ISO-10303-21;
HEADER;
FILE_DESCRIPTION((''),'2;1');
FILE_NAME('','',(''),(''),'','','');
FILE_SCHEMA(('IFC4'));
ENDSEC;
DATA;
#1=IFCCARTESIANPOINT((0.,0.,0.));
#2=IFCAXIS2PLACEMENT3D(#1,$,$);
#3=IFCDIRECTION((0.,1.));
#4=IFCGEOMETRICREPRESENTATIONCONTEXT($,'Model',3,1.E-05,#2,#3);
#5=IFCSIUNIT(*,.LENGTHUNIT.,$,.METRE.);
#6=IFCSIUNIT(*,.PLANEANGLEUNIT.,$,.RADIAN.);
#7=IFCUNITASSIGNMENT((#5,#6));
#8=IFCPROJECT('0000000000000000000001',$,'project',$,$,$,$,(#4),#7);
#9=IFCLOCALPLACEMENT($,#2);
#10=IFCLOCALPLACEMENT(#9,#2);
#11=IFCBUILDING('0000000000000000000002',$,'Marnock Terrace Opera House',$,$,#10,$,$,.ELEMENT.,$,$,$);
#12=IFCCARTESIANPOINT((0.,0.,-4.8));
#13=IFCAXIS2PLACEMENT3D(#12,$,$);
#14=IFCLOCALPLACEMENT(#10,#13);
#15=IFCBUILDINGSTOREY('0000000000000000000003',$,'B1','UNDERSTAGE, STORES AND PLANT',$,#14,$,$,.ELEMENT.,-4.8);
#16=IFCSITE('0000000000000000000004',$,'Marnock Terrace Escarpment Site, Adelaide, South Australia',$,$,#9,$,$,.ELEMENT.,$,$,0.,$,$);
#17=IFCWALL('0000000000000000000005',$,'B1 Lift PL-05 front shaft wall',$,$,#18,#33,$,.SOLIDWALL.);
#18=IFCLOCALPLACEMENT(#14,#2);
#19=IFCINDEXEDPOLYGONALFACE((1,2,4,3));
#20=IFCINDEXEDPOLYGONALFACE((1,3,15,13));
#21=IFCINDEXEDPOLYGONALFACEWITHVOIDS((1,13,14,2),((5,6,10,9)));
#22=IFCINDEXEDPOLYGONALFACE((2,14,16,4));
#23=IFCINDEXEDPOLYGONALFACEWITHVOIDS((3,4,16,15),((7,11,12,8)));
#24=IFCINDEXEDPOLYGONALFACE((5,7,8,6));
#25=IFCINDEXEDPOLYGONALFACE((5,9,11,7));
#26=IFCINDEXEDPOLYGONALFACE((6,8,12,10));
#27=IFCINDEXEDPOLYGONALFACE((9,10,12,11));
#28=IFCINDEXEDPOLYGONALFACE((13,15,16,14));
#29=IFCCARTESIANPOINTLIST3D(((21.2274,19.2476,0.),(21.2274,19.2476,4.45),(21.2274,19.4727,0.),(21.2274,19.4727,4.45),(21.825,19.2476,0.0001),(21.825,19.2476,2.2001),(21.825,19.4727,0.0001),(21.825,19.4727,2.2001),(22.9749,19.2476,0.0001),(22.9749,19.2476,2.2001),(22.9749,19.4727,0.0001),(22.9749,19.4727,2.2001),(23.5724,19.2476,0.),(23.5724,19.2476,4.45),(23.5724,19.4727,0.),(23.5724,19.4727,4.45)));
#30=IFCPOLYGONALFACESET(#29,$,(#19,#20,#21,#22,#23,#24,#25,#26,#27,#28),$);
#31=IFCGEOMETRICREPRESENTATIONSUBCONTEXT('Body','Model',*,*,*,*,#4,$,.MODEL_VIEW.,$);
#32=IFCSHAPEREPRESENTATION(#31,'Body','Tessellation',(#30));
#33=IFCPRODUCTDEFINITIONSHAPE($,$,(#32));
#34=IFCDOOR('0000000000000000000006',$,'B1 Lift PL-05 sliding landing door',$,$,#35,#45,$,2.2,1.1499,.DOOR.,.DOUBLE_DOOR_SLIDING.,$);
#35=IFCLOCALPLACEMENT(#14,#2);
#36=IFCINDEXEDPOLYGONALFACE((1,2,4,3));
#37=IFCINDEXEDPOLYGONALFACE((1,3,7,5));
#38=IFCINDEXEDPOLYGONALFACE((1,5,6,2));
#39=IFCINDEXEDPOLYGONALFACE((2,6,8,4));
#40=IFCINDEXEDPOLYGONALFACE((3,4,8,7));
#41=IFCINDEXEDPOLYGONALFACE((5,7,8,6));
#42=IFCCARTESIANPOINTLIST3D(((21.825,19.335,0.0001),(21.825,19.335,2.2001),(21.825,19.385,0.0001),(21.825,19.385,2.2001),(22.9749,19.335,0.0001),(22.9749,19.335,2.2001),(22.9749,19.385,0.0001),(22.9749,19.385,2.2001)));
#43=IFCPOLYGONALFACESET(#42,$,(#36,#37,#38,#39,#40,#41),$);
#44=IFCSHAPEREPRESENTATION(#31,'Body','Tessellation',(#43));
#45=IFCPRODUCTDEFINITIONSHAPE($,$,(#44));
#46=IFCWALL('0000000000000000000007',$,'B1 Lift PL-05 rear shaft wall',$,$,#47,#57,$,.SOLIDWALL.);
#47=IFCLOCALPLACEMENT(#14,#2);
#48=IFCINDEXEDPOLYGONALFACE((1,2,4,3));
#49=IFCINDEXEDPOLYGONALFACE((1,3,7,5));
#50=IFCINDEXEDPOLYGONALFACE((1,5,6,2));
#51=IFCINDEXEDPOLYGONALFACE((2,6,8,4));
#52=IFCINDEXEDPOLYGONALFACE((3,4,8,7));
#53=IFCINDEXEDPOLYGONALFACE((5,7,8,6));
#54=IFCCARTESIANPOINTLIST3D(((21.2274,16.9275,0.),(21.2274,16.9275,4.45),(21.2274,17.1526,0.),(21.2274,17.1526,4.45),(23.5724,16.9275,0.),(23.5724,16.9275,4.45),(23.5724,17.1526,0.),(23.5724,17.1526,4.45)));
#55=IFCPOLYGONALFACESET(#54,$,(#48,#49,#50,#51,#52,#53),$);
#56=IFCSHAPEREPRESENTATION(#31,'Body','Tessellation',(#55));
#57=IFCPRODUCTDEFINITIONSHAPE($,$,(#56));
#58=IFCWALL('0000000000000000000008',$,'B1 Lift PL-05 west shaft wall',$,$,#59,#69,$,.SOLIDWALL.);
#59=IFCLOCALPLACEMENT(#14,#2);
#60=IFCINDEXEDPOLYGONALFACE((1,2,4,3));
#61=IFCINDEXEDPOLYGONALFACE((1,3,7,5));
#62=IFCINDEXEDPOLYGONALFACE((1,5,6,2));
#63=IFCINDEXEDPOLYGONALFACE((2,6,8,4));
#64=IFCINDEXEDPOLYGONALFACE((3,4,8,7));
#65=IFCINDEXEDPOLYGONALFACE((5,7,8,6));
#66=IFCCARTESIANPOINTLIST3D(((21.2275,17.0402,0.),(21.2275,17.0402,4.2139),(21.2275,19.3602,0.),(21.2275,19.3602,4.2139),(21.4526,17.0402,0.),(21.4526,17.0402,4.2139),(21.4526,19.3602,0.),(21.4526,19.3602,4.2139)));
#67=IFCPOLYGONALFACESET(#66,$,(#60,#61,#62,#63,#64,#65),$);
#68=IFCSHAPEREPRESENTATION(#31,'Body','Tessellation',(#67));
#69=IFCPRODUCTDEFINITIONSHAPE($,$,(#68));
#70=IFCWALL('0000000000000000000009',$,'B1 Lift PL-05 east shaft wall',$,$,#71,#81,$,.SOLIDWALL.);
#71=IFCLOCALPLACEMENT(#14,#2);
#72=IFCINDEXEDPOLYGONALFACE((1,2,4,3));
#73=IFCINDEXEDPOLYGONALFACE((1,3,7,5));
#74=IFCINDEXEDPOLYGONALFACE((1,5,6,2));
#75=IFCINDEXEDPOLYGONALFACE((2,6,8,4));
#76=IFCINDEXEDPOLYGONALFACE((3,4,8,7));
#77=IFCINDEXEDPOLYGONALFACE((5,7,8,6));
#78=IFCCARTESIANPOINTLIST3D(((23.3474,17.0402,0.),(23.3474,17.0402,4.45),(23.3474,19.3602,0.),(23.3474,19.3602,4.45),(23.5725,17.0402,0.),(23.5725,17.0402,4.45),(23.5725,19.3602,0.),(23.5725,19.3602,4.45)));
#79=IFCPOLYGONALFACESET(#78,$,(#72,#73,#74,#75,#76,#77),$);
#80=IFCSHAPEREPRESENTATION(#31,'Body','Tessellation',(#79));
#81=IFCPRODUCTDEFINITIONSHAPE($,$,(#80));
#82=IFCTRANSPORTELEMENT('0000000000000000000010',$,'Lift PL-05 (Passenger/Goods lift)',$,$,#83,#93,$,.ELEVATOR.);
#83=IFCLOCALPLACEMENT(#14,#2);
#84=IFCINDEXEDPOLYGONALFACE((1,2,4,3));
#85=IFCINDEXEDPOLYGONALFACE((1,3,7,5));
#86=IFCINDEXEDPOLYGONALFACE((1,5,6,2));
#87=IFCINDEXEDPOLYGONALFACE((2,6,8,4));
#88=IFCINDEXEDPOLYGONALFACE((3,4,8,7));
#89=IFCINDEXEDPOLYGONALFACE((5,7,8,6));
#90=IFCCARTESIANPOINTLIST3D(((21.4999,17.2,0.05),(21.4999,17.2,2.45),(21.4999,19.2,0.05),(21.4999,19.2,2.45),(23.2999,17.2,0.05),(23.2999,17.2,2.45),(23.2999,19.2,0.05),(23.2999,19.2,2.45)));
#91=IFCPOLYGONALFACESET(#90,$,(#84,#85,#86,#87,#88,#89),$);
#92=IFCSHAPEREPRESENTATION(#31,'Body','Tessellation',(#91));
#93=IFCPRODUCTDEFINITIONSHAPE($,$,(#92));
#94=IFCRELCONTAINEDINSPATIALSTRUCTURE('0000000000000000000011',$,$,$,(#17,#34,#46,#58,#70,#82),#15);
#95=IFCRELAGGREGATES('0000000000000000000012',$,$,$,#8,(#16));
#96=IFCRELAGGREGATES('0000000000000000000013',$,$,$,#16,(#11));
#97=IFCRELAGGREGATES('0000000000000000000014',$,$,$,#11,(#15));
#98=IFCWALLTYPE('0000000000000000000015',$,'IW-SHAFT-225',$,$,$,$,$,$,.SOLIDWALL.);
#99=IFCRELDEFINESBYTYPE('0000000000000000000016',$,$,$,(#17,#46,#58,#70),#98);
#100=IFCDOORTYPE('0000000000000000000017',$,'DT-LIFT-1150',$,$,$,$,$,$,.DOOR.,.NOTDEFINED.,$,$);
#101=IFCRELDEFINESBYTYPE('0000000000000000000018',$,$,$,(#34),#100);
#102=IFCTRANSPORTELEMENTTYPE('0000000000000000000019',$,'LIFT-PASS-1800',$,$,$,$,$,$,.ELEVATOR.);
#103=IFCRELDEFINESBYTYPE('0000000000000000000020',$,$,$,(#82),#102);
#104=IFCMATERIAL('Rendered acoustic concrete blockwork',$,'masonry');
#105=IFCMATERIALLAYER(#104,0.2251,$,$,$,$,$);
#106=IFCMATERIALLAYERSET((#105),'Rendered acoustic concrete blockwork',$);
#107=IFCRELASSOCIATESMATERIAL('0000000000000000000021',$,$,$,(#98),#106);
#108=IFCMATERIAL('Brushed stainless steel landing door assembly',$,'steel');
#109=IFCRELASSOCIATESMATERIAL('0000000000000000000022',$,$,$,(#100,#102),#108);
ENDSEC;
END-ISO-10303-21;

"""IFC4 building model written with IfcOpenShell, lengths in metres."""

from ifc_helpers import new_model, si_unit, direction, frame, frame_2d, origin, origin_2d, place, context, subcontext, project, spatial, rectangle, extrude, material, layer, layer_set, type_object, element, fill, save


model = new_model("IFC4")

# Units and contexts
model_context = context("Model", 3, precision=1e-05, world=origin(), true_north=direction((0.0, 1.0)))
body_context = subcontext(model_context, "Body", "Model", "MODEL_VIEW")
ifc_project = project(units=[si_unit("LENGTHUNIT", "METRE"), si_unit("PLANEANGLEUNIT", "RADIAN")], contexts=[model_context])

# Site, building, storey
site_placement = place(None, origin())
site = spatial("IfcSite", under=ifc_project, at=site_placement, Name="Marnock Terrace Escarpment Site, Adelaide, South Australia", CompositionType="ELEMENT", RefElevation=0.0)
building_placement = place(site_placement, origin())
building = spatial("IfcBuilding", under=site, at=building_placement, Name="Marnock Terrace Opera House", CompositionType="ELEMENT")
storey_placement = place(building_placement, frame((0.0, 0.0, -4.8)))
storey = spatial("IfcBuildingStorey", under=building, at=storey_placement, Name="B1", Description="UNDERSTAGE, STORES AND PLANT", CompositionType="ELEMENT", Elevation=-4.8)

# Wall, opening, door
ifc_material_1 = material(Name="Rendered acoustic concrete blockwork", Category="masonry")
ifc_layer_1 = layer(ifc_material_1, 0.2251)
ifc_layer_set_1 = layer_set([ifc_layer_1], Name="Rendered acoustic concrete blockwork")
wall_type = type_object("IfcWallType", Name="IW-SHAFT-225", PredefinedType="SOLIDWALL", material=ifc_layer_set_1)
wall_1_placement = place(storey_placement, frame((21.2275, 19.3601, 0.0), z_axis=(0.0, 0.0, 1.0), x_axis=(1.0, 0.0, 0.0)))
wall_1 = element("IfcWall", 1, at=wall_1_placement, inside=storey, type_object=wall_type, Name="B1 Lift PL-05 front shaft wall", PredefinedType="SOLIDWALL", context=body_context, shape_type="SweptSolid", body=[
    extrude(rectangle(XDim=2.345, YDim=0.2251, at=frame_2d((1.1724, 0.0))), origin(), (0.0, 0.0, 1.0), 4.45),
])
opening_placement = place(wall_1_placement, frame((0.5974, 0.0, 0.0)))
opening = element("IfcOpeningElement", 2, at=opening_placement, cuts=wall_1, PredefinedType="OPENING", context=body_context, shape_type="SweptSolid", body=[
    extrude(rectangle(XDim=1.1499, YDim=2.2, at=frame_2d((0.575, 1.1001))), frame((0.0, 0.1226, 0.0), z_axis=(0.0, -1.0, 0.0), x_axis=(1.0, 0.0, 0.0)), (0.0, 0.0, 1.0), 0.2451),
])
ifc_material_2 = material(Name="Brushed stainless steel landing door assembly", Category="steel")
door_type = type_object("IfcDoorType", Name="DT-LIFT-1150", OperationType="NOTDEFINED", PredefinedType="DOOR", material=ifc_material_2)
door_placement = place(opening_placement, origin())
door = element("IfcDoor", 3, at=door_placement, inside=storey, type_object=door_type, Name="B1 Lift PL-05 sliding landing door", OperationType="DOUBLE_DOOR_SLIDING", OverallHeight=2.2, OverallWidth=1.1499, PredefinedType="DOOR", context=body_context, shape_type="SweptSolid", body=[
    extrude(rectangle(XDim=1.1499, YDim=2.2, at=frame_2d((0.575, 1.1001))), frame((0.0, 0.0249, 0.0), z_axis=(0.0, -1.0, 0.0), x_axis=(1.0, 0.0, 0.0)), (0.0, 0.0, 1.0), 0.05),
])
fill(opening, door)

# Walls
wall_2_placement = place(storey_placement, frame((21.2275, 17.04, 0.0), z_axis=(0.0, 0.0, 1.0), x_axis=(1.0, 0.0, 0.0)))
element("IfcWall", 4, at=wall_2_placement, inside=storey, type_object=wall_type, Name="B1 Lift PL-05 rear shaft wall", PredefinedType="SOLIDWALL", context=body_context, shape_type="SweptSolid", body=[
    extrude(rectangle(XDim=2.345, YDim=0.2251, at=frame_2d((1.1724, 0.0))), origin(), (0.0, 0.0, 1.0), 4.45),
])
wall_3_placement = place(storey_placement, frame((21.3401, 17.04, 0.0), z_axis=(0.0, 0.0, 1.0), x_axis=(0.0, 1.0, 0.0)))
element("IfcWall", 5, at=wall_3_placement, inside=storey, type_object=wall_type, Name="B1 Lift PL-05 west shaft wall", PredefinedType="SOLIDWALL", context=body_context, shape_type="SweptSolid", body=[
    extrude(rectangle(XDim=2.3201, YDim=0.2251, at=frame_2d((1.1602, 0.0))), origin(), (0.0, 0.0, 1.0), 4.2139),
])
wall_4_placement = place(storey_placement, frame((23.46, 17.04, 0.0), z_axis=(0.0, 0.0, 1.0), x_axis=(0.0, 1.0, 0.0)))
element("IfcWall", 6, at=wall_4_placement, inside=storey, type_object=wall_type, Name="B1 Lift PL-05 east shaft wall", PredefinedType="SOLIDWALL", context=body_context, shape_type="SweptSolid", body=[
    extrude(rectangle(XDim=2.3201, YDim=0.2251, at=frame_2d((1.1602, 0.0))), origin(), (0.0, 0.0, 1.0), 4.45),
])

# Transport element
transport_element_type = type_object("IfcTransportElementType", Name="LIFT-PASS-1800", PredefinedType="ELEVATOR", material=ifc_material_2)
transport_element_placement = place(storey_placement, frame((22.3999, 18.2, 0.05), z_axis=(0.0, 0.0, 1.0), x_axis=(1.0, 0.0, 0.0)))
element("IfcTransportElement", 7, at=transport_element_placement, inside=storey, type_object=transport_element_type, Name="Lift PL-05 (Passenger/Goods lift)", PredefinedType="ELEVATOR", context=body_context, shape_type="SweptSolid", body=[
    extrude(rectangle(XDim=1.8, YDim=2.0, at=origin_2d()), origin(), (0.0, 0.0, 1.0), 2.3999),
])

save(model, "model.ifc")
